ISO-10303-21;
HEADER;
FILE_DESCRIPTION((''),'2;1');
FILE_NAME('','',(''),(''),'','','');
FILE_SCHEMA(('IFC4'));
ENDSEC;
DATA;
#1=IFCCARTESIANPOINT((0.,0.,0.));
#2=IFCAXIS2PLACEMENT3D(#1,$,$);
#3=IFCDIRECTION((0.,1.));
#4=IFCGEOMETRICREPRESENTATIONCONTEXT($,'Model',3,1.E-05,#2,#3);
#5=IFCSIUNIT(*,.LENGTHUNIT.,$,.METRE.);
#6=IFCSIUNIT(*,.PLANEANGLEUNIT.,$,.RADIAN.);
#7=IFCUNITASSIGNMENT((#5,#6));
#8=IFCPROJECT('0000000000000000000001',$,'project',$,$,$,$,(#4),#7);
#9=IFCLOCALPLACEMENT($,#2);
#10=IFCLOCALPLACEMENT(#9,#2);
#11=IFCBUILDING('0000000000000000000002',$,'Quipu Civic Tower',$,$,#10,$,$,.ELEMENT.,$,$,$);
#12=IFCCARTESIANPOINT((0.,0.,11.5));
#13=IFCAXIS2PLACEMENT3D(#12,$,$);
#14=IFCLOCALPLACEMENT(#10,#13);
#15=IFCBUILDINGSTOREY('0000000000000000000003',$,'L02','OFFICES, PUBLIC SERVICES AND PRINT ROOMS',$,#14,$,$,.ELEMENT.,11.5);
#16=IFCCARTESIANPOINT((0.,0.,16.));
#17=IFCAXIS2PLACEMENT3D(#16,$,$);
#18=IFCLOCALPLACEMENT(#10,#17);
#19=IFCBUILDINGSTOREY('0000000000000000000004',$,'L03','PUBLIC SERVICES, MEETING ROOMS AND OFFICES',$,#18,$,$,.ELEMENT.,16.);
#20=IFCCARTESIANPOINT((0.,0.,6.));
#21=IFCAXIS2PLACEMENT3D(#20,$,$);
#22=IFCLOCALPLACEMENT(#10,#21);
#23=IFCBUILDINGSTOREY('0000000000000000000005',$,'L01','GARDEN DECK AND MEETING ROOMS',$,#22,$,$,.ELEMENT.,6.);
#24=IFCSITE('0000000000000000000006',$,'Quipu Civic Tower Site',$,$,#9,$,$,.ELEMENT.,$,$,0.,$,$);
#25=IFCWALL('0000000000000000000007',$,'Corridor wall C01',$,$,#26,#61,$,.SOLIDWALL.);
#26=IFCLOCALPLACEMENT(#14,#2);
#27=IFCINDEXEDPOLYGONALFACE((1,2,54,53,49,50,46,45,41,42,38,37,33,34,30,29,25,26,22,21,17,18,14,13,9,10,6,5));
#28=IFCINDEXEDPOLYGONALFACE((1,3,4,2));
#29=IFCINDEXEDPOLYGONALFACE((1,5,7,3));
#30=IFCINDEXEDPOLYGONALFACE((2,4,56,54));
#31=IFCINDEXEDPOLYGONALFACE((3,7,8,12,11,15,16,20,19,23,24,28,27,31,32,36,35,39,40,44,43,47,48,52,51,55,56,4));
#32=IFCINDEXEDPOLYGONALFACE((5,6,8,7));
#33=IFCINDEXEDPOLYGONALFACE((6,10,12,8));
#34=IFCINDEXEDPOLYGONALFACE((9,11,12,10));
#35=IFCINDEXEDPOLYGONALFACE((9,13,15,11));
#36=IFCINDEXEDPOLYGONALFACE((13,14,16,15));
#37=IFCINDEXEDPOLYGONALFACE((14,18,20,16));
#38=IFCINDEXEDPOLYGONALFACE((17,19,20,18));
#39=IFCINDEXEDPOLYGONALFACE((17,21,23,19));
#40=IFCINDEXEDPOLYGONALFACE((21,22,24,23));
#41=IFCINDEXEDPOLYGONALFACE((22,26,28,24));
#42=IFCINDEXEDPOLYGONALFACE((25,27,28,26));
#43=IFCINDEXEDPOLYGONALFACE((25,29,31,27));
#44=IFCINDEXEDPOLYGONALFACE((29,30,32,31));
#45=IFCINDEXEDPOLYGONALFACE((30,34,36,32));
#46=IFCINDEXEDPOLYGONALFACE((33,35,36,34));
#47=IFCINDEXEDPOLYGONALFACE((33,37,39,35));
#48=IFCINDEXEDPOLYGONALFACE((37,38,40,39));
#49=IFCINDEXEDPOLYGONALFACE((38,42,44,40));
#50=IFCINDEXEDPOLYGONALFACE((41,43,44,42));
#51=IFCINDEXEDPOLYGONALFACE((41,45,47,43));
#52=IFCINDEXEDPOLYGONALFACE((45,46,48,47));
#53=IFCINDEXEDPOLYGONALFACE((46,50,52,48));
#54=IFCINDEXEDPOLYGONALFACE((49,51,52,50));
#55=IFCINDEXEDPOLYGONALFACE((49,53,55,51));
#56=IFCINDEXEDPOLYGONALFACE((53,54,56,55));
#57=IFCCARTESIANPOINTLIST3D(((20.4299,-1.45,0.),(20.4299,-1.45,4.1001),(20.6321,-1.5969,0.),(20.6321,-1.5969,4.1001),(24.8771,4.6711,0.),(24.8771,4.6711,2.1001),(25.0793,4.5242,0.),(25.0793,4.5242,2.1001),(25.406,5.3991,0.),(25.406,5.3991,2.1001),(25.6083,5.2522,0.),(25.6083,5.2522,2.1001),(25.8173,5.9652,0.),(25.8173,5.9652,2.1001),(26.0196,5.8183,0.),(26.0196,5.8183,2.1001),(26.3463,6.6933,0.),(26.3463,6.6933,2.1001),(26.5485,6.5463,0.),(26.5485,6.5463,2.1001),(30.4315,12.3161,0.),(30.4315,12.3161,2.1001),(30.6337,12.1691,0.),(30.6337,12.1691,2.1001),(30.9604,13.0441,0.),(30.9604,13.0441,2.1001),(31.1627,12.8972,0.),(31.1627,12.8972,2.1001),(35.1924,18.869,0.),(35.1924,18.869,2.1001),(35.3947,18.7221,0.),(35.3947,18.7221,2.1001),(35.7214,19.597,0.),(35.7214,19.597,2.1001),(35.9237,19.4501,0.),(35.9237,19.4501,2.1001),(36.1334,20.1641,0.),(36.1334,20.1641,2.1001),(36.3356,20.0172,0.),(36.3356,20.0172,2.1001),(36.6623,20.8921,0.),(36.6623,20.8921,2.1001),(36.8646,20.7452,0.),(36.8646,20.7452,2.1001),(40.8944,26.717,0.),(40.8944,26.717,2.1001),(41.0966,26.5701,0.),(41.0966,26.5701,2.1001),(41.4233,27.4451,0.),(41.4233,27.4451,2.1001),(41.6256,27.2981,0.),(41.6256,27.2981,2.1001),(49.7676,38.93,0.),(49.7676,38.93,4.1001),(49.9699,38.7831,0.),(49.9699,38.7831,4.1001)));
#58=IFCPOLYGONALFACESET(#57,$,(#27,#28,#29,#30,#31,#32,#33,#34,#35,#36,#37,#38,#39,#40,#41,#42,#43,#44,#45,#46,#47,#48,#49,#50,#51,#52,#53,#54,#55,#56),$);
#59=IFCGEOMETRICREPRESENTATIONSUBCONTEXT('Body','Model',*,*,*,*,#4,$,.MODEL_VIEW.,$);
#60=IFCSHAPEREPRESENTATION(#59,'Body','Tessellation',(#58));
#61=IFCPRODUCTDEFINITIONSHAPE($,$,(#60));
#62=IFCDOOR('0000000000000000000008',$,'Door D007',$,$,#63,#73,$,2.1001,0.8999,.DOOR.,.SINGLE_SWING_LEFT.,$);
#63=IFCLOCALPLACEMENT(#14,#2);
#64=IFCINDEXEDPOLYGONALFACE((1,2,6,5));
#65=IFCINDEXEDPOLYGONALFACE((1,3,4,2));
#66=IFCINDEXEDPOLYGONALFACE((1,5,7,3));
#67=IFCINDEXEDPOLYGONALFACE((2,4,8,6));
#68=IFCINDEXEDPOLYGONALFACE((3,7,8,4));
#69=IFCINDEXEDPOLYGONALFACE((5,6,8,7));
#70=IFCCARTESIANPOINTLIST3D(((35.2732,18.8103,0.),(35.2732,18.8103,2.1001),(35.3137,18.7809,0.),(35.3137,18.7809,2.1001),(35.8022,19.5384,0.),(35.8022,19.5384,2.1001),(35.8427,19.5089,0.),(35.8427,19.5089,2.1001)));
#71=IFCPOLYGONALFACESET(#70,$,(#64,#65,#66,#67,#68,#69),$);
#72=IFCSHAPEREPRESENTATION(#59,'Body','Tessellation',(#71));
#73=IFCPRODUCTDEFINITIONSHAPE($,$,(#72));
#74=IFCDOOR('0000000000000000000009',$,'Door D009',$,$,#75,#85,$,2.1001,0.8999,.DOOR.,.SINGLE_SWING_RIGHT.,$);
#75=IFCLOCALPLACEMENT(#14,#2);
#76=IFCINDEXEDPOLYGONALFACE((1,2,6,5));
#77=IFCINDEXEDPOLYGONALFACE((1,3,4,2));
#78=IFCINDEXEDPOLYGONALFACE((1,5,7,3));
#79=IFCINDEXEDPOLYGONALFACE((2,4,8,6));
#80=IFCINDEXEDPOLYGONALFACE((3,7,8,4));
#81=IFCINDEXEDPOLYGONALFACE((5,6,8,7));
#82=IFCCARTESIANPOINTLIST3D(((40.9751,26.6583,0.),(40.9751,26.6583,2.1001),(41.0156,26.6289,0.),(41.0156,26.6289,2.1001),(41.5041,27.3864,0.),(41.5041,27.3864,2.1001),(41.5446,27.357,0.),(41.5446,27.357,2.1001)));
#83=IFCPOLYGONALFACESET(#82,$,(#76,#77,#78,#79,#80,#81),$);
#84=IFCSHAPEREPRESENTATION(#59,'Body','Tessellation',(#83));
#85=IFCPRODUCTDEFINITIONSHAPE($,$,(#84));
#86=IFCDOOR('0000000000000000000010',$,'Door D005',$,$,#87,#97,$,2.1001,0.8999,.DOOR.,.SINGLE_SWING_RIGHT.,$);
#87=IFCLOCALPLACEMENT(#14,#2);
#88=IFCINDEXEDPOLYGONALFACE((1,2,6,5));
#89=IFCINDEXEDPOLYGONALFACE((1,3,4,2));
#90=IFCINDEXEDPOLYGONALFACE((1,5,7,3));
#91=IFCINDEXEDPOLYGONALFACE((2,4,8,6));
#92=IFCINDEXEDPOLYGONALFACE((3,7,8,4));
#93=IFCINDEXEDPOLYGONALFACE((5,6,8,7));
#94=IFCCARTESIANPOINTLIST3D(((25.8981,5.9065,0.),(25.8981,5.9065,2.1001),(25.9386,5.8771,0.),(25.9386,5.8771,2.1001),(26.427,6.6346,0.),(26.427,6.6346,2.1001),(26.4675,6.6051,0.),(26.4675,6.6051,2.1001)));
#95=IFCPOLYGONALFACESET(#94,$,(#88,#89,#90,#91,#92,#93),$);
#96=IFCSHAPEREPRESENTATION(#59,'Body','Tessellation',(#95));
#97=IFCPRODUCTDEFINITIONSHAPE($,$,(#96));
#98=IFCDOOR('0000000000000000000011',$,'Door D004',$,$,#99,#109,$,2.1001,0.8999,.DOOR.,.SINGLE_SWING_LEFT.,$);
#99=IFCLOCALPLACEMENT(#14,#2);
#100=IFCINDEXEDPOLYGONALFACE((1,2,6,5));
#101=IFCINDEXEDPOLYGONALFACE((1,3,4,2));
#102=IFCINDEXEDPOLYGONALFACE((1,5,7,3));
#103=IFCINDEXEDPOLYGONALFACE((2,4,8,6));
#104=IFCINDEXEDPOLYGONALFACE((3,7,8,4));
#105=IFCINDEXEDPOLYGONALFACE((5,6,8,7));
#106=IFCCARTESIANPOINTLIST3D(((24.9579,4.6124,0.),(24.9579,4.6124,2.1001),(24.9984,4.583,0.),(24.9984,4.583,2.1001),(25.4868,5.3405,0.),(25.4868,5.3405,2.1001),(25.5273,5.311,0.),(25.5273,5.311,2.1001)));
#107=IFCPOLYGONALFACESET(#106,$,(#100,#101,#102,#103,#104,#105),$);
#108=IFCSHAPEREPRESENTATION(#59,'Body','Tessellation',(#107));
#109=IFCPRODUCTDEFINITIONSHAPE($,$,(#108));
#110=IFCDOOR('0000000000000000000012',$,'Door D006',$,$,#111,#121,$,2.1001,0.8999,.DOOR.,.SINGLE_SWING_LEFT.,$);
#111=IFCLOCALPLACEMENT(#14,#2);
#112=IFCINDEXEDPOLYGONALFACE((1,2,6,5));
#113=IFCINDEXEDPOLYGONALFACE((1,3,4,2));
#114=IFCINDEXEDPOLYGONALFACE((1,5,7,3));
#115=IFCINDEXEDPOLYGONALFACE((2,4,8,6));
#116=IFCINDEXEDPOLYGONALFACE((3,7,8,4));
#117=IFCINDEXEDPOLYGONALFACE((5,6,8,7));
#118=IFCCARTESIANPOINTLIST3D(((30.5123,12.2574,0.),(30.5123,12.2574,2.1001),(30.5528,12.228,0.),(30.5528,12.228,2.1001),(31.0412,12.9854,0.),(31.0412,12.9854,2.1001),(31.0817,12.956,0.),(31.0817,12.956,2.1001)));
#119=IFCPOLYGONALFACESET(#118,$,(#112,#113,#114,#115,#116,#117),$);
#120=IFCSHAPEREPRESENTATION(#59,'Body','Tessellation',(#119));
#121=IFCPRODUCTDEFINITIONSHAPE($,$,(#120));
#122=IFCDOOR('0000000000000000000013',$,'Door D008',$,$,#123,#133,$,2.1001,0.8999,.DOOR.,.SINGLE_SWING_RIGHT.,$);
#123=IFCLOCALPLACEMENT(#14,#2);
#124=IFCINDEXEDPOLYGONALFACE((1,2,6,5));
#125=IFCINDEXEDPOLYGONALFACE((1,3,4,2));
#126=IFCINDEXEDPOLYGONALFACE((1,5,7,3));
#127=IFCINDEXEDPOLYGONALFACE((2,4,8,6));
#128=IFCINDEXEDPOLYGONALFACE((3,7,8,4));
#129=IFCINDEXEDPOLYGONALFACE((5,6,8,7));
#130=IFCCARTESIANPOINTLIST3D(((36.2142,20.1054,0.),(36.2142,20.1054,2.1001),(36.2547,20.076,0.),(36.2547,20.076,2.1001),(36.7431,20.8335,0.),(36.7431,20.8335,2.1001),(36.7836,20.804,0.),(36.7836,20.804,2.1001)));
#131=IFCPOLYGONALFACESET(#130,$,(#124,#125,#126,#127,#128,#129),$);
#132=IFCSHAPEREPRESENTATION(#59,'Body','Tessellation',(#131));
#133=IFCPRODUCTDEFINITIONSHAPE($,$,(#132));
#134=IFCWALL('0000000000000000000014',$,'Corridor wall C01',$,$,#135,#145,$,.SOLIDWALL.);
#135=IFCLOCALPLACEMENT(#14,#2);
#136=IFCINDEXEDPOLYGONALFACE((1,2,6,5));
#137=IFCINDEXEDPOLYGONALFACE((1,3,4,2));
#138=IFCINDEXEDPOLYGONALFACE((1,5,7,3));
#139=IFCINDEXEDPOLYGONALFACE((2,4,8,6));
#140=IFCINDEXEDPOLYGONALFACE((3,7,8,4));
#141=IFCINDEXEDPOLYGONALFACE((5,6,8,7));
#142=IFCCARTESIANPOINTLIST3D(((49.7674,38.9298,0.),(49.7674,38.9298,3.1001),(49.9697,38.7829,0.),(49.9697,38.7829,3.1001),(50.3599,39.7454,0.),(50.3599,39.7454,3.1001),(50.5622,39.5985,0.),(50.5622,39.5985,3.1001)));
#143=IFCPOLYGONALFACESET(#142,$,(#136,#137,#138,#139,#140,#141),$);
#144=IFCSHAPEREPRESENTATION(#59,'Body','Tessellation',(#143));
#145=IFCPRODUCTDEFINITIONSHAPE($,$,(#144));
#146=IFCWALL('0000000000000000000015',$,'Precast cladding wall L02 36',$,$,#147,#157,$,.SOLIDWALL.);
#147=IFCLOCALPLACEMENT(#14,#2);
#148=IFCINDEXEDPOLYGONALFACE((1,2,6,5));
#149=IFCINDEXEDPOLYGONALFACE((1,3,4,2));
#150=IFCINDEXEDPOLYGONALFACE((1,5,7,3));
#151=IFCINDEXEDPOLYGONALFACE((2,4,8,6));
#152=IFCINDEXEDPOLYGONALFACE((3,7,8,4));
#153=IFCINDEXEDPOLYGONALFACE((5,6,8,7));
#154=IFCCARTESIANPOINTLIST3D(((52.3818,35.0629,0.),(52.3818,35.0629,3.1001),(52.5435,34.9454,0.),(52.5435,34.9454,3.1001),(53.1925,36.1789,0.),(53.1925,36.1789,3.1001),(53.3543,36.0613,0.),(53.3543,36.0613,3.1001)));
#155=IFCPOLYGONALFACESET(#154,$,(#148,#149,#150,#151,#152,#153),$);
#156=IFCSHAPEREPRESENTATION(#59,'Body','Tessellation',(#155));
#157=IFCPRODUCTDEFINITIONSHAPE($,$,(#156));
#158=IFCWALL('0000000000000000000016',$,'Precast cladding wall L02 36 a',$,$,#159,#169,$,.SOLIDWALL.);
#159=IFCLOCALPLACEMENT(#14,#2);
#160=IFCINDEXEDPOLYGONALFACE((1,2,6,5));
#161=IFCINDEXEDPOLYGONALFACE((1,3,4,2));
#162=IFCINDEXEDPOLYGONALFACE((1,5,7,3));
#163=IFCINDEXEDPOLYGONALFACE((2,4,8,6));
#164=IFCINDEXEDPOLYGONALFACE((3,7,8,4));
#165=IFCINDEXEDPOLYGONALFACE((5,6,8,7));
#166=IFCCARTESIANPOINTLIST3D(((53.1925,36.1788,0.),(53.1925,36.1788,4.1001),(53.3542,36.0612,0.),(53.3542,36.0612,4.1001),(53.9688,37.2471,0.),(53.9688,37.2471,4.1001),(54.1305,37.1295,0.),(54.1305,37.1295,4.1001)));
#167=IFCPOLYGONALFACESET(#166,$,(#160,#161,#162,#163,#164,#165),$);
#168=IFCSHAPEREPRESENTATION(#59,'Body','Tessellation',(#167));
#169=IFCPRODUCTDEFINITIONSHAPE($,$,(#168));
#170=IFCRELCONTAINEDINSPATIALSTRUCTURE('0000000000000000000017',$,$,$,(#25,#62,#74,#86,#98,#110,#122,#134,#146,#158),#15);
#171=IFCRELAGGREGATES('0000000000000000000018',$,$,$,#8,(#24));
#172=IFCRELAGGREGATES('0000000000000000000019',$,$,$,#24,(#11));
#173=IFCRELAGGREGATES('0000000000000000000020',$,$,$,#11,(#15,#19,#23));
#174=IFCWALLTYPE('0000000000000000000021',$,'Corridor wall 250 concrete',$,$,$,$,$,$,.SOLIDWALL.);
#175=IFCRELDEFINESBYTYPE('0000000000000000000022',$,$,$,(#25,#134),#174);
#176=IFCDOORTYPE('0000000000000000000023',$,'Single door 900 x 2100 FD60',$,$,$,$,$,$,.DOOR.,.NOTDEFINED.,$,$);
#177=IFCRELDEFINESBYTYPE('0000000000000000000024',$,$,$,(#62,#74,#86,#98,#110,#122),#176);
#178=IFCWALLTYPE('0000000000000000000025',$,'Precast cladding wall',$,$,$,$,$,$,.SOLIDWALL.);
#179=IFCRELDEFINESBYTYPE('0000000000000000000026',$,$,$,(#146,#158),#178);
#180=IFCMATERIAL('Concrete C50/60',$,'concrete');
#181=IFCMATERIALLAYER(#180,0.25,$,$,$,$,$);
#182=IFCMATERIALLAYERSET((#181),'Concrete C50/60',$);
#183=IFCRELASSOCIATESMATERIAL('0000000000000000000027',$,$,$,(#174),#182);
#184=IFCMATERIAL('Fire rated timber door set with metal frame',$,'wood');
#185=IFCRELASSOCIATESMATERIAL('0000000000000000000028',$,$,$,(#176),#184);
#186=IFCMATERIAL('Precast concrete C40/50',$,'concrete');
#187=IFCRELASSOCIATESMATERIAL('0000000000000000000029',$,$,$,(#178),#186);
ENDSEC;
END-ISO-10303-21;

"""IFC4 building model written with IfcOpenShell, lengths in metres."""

from ifc_helpers import new_model, si_unit, direction, frame, frame_2d, origin, place, context, subcontext, project, spatial, rectangle, extrude, material, layer, layer_set, type_object, element, fill, save


model = new_model("IFC4")

# Units and contexts
model_context = context("Model", 3, precision=1e-05, world=origin(), true_north=direction((0.0, 1.0)))
body_context = subcontext(model_context, "Body", "Model", "MODEL_VIEW")
ifc_project = project(units=[si_unit("LENGTHUNIT", "METRE"), si_unit("PLANEANGLEUNIT", "RADIAN")], contexts=[model_context])

# Site, building, storey
site_placement = place(None, origin())
site = spatial("IfcSite", under=ifc_project, at=site_placement, Name="Quipu Civic Tower Site", CompositionType="ELEMENT", RefElevation=0.0)
building_placement = place(site_placement, origin())
building = spatial("IfcBuilding", under=site, at=building_placement, Name="Quipu Civic Tower", CompositionType="ELEMENT")
storey_1_placement = place(building_placement, frame((0.0, 0.0, 11.5)))
storey_1 = spatial("IfcBuildingStorey", under=building, at=storey_1_placement, Name="L02", Description="OFFICES, PUBLIC SERVICES AND PRINT ROOMS", CompositionType="ELEMENT", Elevation=11.5)

# Shared definitions
storey_2_placement = place(building_placement, frame((0.0, 0.0, 16.0)))
storey_2 = spatial("IfcBuildingStorey", under=building, at=storey_2_placement, Name="L03", Description="PUBLIC SERVICES, MEETING ROOMS AND OFFICES", CompositionType="ELEMENT", Elevation=16.0)

# Shared definitions
storey_3_placement = place(building_placement, frame((0.0, 0.0, 6.0)))
storey_3 = spatial("IfcBuildingStorey", under=building, at=storey_3_placement, Name="L01", Description="GARDEN DECK AND MEETING ROOMS", CompositionType="ELEMENT", Elevation=6.0)

# Wall, openings, doors
ifc_material_1 = material(Name="Concrete C50/60", Category="concrete")
ifc_layer_1 = layer(ifc_material_1, 0.25)
ifc_layer_set_1 = layer_set([ifc_layer_1], Name="Concrete C50/60")
wall_type_1 = type_object("IfcWallType", Name="Corridor wall 250 concrete", PredefinedType="SOLIDWALL", material=ifc_layer_set_1)
wall_1_placement = place(storey_1_placement, frame((49.8687, 38.8564, 0.0), z_axis=(0.0, 0.0, 1.0), x_axis=(-0.587785, -0.809018, 0.0)))
wall_1 = element("IfcWall", 1, at=wall_1_placement, inside=storey_1, type_object=wall_type_1, Name="Corridor wall C01", PredefinedType="SOLIDWALL", context=body_context, shape_type="SweptSolid", body=[
    extrude(rectangle(XDim=49.9124, YDim=0.25, at=frame_2d((24.9561, 0.0))), origin(), (0.0, 0.0, 1.0), 4.1001),
])
opening_1_placement = place(wall_1_placement, frame((23.8967, 0.0, 0.0)))
opening_1 = element("IfcOpeningElement", 2, at=opening_1_placement, cuts=wall_1, PredefinedType="OPENING", context=body_context, shape_type="SweptSolid", body=[
    extrude(rectangle(XDim=0.8999, YDim=2.1001, at=frame_2d((0.45, 1.05))), frame((0.0, 0.135, 0.0), z_axis=(0.0, -1.0, 0.0), x_axis=(1.0, 0.0, 0.0)), (0.0, 0.0, 1.0), 0.27),
])
opening_2_placement = place(wall_1_placement, frame((14.196, 0.0, 0.0)))
opening_2 = element("IfcOpeningElement", 3, at=opening_2_placement, cuts=wall_1, PredefinedType="OPENING", context=body_context, shape_type="SweptSolid", body=[
    extrude(rectangle(XDim=0.8999, YDim=2.1001, at=frame_2d((0.45, 1.05))), frame((0.0, 0.135, 0.0), z_axis=(0.0, -1.0, 0.0), x_axis=(1.0, 0.0, 0.0)), (0.0, 0.0, 1.0), 0.27),
])
opening_3_placement = place(wall_1_placement, frame((39.8467, 0.0, 0.0)))
opening_3 = element("IfcOpeningElement", 4, at=opening_3_placement, cuts=wall_1, PredefinedType="OPENING", context=body_context, shape_type="SweptSolid", body=[
    extrude(rectangle(XDim=0.8999, YDim=2.1001, at=frame_2d((0.45, 1.05))), frame((0.0, 0.135, 0.0), z_axis=(0.0, -1.0, 0.0), x_axis=(1.0, 0.0, 0.0)), (0.0, 0.0, 1.0), 0.27),
])
opening_4_placement = place(wall_1_placement, frame((41.4463, 0.0, 0.0)))
opening_4 = element("IfcOpeningElement", 5, at=opening_4_placement, cuts=wall_1, PredefinedType="OPENING", context=body_context, shape_type="SweptSolid", body=[
    extrude(rectangle(XDim=0.8999, YDim=2.1001, at=frame_2d((0.45, 1.05))), frame((0.0, 0.135, 0.0), z_axis=(0.0, -1.0, 0.0), x_axis=(1.0, 0.0, 0.0)), (0.0, 0.0, 1.0), 0.27),
])
opening_5_placement = place(wall_1_placement, frame((31.9966, 0.0, 0.0)))
opening_5 = element("IfcOpeningElement", 6, at=opening_5_placement, cuts=wall_1, PredefinedType="OPENING", context=body_context, shape_type="SweptSolid", body=[
    extrude(rectangle(XDim=0.8999, YDim=2.1001, at=frame_2d((0.45, 1.05))), frame((0.0, 0.135, 0.0), z_axis=(0.0, -1.0, 0.0), x_axis=(1.0, 0.0, 0.0)), (0.0, 0.0, 1.0), 0.27),
])
opening_6_placement = place(wall_1_placement, frame((22.2959, 0.0, 0.0)))
opening_6 = element("IfcOpeningElement", 7, at=opening_6_placement, cuts=wall_1, PredefinedType="OPENING", context=body_context, shape_type="SweptSolid", body=[
    extrude(rectangle(XDim=0.8999, YDim=2.1001, at=frame_2d((0.45, 1.05))), frame((0.0, 0.135, 0.0), z_axis=(0.0, -1.0, 0.0), x_axis=(1.0, 0.0, 0.0)), (0.0, 0.0, 1.0), 0.27),
])
ifc_material_2 = material(Name="Fire rated timber door set with metal frame", Category="wood")
door_type = type_object("IfcDoorType", Name="Single door 900 x 2100 FD60", OperationType="NOTDEFINED", PredefinedType="DOOR", material=ifc_material_2)
door_1_placement = place(opening_1_placement, origin())
door_1 = element("IfcDoor", 8, at=door_1_placement, inside=storey_1, type_object=door_type, Name="Door D007", OperationType="SINGLE_SWING_LEFT", OverallHeight=2.1001, OverallWidth=0.8999, PredefinedType="DOOR", context=body_context, shape_type="SweptSolid", body=[
    extrude(rectangle(XDim=0.8999, YDim=2.1001, at=frame_2d((0.45, 1.05))), frame((0.0, 0.0249, 0.0), z_axis=(0.0, -1.0, 0.0), x_axis=(1.0, 0.0, 0.0)), (0.0, 0.0, 1.0), 0.05),
])
fill(opening_1, door_1)
door_2_placement = place(opening_2_placement, origin())
door_2 = element("IfcDoor", 9, at=door_2_placement, inside=storey_1, type_object=door_type, Name="Door D009", OperationType="SINGLE_SWING_RIGHT", OverallHeight=2.1001, OverallWidth=0.8999, PredefinedType="DOOR", context=body_context, shape_type="SweptSolid", body=[
    extrude(rectangle(XDim=0.8999, YDim=2.1001, at=frame_2d((0.45, 1.05))), frame((0.0, 0.0249, 0.0), z_axis=(0.0, -1.0, 0.0), x_axis=(1.0, 0.0, 0.0)), (0.0, 0.0, 1.0), 0.05),
])
fill(opening_2, door_2)
door_3_placement = place(opening_3_placement, origin())
door_3 = element("IfcDoor", 10, at=door_3_placement, inside=storey_1, type_object=door_type, Name="Door D005", OperationType="SINGLE_SWING_RIGHT", OverallHeight=2.1001, OverallWidth=0.8999, PredefinedType="DOOR", context=body_context, shape_type="SweptSolid", body=[
    extrude(rectangle(XDim=0.8999, YDim=2.1001, at=frame_2d((0.45, 1.05))), frame((0.0, 0.0249, 0.0), z_axis=(0.0, -1.0, 0.0), x_axis=(1.0, 0.0, 0.0)), (0.0, 0.0, 1.0), 0.05),
])
fill(opening_3, door_3)
door_4_placement = place(opening_4_placement, origin())
door_4 = element("IfcDoor", 11, at=door_4_placement, inside=storey_1, type_object=door_type, Name="Door D004", OperationType="SINGLE_SWING_LEFT", OverallHeight=2.1001, OverallWidth=0.8999, PredefinedType="DOOR", context=body_context, shape_type="SweptSolid", body=[
    extrude(rectangle(XDim=0.8999, YDim=2.1001, at=frame_2d((0.45, 1.05))), frame((0.0, 0.0249, 0.0), z_axis=(0.0, -1.0, 0.0), x_axis=(1.0, 0.0, 0.0)), (0.0, 0.0, 1.0), 0.05),
])
fill(opening_4, door_4)
door_5_placement = place(opening_5_placement, origin())
door_5 = element("IfcDoor", 12, at=door_5_placement, inside=storey_1, type_object=door_type, Name="Door D006", OperationType="SINGLE_SWING_LEFT", OverallHeight=2.1001, OverallWidth=0.8999, PredefinedType="DOOR", context=body_context, shape_type="SweptSolid", body=[
    extrude(rectangle(XDim=0.8999, YDim=2.1001, at=frame_2d((0.45, 1.05))), frame((0.0, 0.0249, 0.0), z_axis=(0.0, -1.0, 0.0), x_axis=(1.0, 0.0, 0.0)), (0.0, 0.0, 1.0), 0.05),
])
fill(opening_5, door_5)
door_6_placement = place(opening_6_placement, origin())
door_6 = element("IfcDoor", 13, at=door_6_placement, inside=storey_1, type_object=door_type, Name="Door D008", OperationType="SINGLE_SWING_RIGHT", OverallHeight=2.1001, OverallWidth=0.8999, PredefinedType="DOOR", context=body_context, shape_type="SweptSolid", body=[
    extrude(rectangle(XDim=0.8999, YDim=2.1001, at=frame_2d((0.45, 1.05))), frame((0.0, 0.0249, 0.0), z_axis=(0.0, -1.0, 0.0), x_axis=(1.0, 0.0, 0.0)), (0.0, 0.0, 1.0), 0.05),
])
fill(opening_6, door_6)

# Walls
wall_2_placement = place(storey_1_placement, frame((49.8687, 38.8564, 0.0), z_axis=(0.0, 0.0, 1.0), x_axis=(0.587725, 0.809061, 0.0)))
element("IfcWall", 14, at=wall_2_placement, inside=storey_1, type_object=wall_type_1, Name="Corridor wall C01", PredefinedType="SOLIDWALL", context=body_context, shape_type="SweptSolid", body=[
    extrude(rectangle(XDim=1.0081, YDim=0.25, at=frame_2d((0.5039, 0.0))), origin(), (0.0, 0.0, 1.0), 3.1001),
])
ifc_material_3 = material(Name="Precast concrete C40/50", Category="concrete")
wall_type_2 = type_object("IfcWallType", Name="Precast cladding wall", PredefinedType="SOLIDWALL", material=ifc_material_3)
wall_3_placement = place(storey_1_placement, frame((52.4626, 35.0042, 0.0), z_axis=(0.0, 0.0, 1.0), x_axis=(0.587782, 0.809019, 0.0)))
element("IfcWall", 15, at=wall_3_placement, inside=storey_1, type_object=wall_type_2, Name="Precast cladding wall L02 36", PredefinedType="SOLIDWALL", context=body_context, shape_type="SweptSolid", body=[
    extrude(rectangle(XDim=1.3794, YDim=0.2, at=frame_2d((0.6897, 0.0))), origin(), (0.0, 0.0, 1.0), 3.1001),
])
wall_4_placement = place(storey_1_placement, frame((53.2734, 36.1201, 0.0), z_axis=(0.0, 0.0, 1.0), x_axis=(0.587864, 0.80896, 0.0)))
element("IfcWall", 16, at=wall_4_placement, inside=storey_1, type_object=wall_type_2, Name="Precast cladding wall L02 36 a", PredefinedType="SOLIDWALL", context=body_context, shape_type="SweptSolid", body=[
    extrude(rectangle(XDim=1.3206, YDim=0.2, at=frame_2d((0.6602, 0.0))), origin(), (0.0, 0.0, 1.0), 4.1001),
])

save(model, "model.ifc")
